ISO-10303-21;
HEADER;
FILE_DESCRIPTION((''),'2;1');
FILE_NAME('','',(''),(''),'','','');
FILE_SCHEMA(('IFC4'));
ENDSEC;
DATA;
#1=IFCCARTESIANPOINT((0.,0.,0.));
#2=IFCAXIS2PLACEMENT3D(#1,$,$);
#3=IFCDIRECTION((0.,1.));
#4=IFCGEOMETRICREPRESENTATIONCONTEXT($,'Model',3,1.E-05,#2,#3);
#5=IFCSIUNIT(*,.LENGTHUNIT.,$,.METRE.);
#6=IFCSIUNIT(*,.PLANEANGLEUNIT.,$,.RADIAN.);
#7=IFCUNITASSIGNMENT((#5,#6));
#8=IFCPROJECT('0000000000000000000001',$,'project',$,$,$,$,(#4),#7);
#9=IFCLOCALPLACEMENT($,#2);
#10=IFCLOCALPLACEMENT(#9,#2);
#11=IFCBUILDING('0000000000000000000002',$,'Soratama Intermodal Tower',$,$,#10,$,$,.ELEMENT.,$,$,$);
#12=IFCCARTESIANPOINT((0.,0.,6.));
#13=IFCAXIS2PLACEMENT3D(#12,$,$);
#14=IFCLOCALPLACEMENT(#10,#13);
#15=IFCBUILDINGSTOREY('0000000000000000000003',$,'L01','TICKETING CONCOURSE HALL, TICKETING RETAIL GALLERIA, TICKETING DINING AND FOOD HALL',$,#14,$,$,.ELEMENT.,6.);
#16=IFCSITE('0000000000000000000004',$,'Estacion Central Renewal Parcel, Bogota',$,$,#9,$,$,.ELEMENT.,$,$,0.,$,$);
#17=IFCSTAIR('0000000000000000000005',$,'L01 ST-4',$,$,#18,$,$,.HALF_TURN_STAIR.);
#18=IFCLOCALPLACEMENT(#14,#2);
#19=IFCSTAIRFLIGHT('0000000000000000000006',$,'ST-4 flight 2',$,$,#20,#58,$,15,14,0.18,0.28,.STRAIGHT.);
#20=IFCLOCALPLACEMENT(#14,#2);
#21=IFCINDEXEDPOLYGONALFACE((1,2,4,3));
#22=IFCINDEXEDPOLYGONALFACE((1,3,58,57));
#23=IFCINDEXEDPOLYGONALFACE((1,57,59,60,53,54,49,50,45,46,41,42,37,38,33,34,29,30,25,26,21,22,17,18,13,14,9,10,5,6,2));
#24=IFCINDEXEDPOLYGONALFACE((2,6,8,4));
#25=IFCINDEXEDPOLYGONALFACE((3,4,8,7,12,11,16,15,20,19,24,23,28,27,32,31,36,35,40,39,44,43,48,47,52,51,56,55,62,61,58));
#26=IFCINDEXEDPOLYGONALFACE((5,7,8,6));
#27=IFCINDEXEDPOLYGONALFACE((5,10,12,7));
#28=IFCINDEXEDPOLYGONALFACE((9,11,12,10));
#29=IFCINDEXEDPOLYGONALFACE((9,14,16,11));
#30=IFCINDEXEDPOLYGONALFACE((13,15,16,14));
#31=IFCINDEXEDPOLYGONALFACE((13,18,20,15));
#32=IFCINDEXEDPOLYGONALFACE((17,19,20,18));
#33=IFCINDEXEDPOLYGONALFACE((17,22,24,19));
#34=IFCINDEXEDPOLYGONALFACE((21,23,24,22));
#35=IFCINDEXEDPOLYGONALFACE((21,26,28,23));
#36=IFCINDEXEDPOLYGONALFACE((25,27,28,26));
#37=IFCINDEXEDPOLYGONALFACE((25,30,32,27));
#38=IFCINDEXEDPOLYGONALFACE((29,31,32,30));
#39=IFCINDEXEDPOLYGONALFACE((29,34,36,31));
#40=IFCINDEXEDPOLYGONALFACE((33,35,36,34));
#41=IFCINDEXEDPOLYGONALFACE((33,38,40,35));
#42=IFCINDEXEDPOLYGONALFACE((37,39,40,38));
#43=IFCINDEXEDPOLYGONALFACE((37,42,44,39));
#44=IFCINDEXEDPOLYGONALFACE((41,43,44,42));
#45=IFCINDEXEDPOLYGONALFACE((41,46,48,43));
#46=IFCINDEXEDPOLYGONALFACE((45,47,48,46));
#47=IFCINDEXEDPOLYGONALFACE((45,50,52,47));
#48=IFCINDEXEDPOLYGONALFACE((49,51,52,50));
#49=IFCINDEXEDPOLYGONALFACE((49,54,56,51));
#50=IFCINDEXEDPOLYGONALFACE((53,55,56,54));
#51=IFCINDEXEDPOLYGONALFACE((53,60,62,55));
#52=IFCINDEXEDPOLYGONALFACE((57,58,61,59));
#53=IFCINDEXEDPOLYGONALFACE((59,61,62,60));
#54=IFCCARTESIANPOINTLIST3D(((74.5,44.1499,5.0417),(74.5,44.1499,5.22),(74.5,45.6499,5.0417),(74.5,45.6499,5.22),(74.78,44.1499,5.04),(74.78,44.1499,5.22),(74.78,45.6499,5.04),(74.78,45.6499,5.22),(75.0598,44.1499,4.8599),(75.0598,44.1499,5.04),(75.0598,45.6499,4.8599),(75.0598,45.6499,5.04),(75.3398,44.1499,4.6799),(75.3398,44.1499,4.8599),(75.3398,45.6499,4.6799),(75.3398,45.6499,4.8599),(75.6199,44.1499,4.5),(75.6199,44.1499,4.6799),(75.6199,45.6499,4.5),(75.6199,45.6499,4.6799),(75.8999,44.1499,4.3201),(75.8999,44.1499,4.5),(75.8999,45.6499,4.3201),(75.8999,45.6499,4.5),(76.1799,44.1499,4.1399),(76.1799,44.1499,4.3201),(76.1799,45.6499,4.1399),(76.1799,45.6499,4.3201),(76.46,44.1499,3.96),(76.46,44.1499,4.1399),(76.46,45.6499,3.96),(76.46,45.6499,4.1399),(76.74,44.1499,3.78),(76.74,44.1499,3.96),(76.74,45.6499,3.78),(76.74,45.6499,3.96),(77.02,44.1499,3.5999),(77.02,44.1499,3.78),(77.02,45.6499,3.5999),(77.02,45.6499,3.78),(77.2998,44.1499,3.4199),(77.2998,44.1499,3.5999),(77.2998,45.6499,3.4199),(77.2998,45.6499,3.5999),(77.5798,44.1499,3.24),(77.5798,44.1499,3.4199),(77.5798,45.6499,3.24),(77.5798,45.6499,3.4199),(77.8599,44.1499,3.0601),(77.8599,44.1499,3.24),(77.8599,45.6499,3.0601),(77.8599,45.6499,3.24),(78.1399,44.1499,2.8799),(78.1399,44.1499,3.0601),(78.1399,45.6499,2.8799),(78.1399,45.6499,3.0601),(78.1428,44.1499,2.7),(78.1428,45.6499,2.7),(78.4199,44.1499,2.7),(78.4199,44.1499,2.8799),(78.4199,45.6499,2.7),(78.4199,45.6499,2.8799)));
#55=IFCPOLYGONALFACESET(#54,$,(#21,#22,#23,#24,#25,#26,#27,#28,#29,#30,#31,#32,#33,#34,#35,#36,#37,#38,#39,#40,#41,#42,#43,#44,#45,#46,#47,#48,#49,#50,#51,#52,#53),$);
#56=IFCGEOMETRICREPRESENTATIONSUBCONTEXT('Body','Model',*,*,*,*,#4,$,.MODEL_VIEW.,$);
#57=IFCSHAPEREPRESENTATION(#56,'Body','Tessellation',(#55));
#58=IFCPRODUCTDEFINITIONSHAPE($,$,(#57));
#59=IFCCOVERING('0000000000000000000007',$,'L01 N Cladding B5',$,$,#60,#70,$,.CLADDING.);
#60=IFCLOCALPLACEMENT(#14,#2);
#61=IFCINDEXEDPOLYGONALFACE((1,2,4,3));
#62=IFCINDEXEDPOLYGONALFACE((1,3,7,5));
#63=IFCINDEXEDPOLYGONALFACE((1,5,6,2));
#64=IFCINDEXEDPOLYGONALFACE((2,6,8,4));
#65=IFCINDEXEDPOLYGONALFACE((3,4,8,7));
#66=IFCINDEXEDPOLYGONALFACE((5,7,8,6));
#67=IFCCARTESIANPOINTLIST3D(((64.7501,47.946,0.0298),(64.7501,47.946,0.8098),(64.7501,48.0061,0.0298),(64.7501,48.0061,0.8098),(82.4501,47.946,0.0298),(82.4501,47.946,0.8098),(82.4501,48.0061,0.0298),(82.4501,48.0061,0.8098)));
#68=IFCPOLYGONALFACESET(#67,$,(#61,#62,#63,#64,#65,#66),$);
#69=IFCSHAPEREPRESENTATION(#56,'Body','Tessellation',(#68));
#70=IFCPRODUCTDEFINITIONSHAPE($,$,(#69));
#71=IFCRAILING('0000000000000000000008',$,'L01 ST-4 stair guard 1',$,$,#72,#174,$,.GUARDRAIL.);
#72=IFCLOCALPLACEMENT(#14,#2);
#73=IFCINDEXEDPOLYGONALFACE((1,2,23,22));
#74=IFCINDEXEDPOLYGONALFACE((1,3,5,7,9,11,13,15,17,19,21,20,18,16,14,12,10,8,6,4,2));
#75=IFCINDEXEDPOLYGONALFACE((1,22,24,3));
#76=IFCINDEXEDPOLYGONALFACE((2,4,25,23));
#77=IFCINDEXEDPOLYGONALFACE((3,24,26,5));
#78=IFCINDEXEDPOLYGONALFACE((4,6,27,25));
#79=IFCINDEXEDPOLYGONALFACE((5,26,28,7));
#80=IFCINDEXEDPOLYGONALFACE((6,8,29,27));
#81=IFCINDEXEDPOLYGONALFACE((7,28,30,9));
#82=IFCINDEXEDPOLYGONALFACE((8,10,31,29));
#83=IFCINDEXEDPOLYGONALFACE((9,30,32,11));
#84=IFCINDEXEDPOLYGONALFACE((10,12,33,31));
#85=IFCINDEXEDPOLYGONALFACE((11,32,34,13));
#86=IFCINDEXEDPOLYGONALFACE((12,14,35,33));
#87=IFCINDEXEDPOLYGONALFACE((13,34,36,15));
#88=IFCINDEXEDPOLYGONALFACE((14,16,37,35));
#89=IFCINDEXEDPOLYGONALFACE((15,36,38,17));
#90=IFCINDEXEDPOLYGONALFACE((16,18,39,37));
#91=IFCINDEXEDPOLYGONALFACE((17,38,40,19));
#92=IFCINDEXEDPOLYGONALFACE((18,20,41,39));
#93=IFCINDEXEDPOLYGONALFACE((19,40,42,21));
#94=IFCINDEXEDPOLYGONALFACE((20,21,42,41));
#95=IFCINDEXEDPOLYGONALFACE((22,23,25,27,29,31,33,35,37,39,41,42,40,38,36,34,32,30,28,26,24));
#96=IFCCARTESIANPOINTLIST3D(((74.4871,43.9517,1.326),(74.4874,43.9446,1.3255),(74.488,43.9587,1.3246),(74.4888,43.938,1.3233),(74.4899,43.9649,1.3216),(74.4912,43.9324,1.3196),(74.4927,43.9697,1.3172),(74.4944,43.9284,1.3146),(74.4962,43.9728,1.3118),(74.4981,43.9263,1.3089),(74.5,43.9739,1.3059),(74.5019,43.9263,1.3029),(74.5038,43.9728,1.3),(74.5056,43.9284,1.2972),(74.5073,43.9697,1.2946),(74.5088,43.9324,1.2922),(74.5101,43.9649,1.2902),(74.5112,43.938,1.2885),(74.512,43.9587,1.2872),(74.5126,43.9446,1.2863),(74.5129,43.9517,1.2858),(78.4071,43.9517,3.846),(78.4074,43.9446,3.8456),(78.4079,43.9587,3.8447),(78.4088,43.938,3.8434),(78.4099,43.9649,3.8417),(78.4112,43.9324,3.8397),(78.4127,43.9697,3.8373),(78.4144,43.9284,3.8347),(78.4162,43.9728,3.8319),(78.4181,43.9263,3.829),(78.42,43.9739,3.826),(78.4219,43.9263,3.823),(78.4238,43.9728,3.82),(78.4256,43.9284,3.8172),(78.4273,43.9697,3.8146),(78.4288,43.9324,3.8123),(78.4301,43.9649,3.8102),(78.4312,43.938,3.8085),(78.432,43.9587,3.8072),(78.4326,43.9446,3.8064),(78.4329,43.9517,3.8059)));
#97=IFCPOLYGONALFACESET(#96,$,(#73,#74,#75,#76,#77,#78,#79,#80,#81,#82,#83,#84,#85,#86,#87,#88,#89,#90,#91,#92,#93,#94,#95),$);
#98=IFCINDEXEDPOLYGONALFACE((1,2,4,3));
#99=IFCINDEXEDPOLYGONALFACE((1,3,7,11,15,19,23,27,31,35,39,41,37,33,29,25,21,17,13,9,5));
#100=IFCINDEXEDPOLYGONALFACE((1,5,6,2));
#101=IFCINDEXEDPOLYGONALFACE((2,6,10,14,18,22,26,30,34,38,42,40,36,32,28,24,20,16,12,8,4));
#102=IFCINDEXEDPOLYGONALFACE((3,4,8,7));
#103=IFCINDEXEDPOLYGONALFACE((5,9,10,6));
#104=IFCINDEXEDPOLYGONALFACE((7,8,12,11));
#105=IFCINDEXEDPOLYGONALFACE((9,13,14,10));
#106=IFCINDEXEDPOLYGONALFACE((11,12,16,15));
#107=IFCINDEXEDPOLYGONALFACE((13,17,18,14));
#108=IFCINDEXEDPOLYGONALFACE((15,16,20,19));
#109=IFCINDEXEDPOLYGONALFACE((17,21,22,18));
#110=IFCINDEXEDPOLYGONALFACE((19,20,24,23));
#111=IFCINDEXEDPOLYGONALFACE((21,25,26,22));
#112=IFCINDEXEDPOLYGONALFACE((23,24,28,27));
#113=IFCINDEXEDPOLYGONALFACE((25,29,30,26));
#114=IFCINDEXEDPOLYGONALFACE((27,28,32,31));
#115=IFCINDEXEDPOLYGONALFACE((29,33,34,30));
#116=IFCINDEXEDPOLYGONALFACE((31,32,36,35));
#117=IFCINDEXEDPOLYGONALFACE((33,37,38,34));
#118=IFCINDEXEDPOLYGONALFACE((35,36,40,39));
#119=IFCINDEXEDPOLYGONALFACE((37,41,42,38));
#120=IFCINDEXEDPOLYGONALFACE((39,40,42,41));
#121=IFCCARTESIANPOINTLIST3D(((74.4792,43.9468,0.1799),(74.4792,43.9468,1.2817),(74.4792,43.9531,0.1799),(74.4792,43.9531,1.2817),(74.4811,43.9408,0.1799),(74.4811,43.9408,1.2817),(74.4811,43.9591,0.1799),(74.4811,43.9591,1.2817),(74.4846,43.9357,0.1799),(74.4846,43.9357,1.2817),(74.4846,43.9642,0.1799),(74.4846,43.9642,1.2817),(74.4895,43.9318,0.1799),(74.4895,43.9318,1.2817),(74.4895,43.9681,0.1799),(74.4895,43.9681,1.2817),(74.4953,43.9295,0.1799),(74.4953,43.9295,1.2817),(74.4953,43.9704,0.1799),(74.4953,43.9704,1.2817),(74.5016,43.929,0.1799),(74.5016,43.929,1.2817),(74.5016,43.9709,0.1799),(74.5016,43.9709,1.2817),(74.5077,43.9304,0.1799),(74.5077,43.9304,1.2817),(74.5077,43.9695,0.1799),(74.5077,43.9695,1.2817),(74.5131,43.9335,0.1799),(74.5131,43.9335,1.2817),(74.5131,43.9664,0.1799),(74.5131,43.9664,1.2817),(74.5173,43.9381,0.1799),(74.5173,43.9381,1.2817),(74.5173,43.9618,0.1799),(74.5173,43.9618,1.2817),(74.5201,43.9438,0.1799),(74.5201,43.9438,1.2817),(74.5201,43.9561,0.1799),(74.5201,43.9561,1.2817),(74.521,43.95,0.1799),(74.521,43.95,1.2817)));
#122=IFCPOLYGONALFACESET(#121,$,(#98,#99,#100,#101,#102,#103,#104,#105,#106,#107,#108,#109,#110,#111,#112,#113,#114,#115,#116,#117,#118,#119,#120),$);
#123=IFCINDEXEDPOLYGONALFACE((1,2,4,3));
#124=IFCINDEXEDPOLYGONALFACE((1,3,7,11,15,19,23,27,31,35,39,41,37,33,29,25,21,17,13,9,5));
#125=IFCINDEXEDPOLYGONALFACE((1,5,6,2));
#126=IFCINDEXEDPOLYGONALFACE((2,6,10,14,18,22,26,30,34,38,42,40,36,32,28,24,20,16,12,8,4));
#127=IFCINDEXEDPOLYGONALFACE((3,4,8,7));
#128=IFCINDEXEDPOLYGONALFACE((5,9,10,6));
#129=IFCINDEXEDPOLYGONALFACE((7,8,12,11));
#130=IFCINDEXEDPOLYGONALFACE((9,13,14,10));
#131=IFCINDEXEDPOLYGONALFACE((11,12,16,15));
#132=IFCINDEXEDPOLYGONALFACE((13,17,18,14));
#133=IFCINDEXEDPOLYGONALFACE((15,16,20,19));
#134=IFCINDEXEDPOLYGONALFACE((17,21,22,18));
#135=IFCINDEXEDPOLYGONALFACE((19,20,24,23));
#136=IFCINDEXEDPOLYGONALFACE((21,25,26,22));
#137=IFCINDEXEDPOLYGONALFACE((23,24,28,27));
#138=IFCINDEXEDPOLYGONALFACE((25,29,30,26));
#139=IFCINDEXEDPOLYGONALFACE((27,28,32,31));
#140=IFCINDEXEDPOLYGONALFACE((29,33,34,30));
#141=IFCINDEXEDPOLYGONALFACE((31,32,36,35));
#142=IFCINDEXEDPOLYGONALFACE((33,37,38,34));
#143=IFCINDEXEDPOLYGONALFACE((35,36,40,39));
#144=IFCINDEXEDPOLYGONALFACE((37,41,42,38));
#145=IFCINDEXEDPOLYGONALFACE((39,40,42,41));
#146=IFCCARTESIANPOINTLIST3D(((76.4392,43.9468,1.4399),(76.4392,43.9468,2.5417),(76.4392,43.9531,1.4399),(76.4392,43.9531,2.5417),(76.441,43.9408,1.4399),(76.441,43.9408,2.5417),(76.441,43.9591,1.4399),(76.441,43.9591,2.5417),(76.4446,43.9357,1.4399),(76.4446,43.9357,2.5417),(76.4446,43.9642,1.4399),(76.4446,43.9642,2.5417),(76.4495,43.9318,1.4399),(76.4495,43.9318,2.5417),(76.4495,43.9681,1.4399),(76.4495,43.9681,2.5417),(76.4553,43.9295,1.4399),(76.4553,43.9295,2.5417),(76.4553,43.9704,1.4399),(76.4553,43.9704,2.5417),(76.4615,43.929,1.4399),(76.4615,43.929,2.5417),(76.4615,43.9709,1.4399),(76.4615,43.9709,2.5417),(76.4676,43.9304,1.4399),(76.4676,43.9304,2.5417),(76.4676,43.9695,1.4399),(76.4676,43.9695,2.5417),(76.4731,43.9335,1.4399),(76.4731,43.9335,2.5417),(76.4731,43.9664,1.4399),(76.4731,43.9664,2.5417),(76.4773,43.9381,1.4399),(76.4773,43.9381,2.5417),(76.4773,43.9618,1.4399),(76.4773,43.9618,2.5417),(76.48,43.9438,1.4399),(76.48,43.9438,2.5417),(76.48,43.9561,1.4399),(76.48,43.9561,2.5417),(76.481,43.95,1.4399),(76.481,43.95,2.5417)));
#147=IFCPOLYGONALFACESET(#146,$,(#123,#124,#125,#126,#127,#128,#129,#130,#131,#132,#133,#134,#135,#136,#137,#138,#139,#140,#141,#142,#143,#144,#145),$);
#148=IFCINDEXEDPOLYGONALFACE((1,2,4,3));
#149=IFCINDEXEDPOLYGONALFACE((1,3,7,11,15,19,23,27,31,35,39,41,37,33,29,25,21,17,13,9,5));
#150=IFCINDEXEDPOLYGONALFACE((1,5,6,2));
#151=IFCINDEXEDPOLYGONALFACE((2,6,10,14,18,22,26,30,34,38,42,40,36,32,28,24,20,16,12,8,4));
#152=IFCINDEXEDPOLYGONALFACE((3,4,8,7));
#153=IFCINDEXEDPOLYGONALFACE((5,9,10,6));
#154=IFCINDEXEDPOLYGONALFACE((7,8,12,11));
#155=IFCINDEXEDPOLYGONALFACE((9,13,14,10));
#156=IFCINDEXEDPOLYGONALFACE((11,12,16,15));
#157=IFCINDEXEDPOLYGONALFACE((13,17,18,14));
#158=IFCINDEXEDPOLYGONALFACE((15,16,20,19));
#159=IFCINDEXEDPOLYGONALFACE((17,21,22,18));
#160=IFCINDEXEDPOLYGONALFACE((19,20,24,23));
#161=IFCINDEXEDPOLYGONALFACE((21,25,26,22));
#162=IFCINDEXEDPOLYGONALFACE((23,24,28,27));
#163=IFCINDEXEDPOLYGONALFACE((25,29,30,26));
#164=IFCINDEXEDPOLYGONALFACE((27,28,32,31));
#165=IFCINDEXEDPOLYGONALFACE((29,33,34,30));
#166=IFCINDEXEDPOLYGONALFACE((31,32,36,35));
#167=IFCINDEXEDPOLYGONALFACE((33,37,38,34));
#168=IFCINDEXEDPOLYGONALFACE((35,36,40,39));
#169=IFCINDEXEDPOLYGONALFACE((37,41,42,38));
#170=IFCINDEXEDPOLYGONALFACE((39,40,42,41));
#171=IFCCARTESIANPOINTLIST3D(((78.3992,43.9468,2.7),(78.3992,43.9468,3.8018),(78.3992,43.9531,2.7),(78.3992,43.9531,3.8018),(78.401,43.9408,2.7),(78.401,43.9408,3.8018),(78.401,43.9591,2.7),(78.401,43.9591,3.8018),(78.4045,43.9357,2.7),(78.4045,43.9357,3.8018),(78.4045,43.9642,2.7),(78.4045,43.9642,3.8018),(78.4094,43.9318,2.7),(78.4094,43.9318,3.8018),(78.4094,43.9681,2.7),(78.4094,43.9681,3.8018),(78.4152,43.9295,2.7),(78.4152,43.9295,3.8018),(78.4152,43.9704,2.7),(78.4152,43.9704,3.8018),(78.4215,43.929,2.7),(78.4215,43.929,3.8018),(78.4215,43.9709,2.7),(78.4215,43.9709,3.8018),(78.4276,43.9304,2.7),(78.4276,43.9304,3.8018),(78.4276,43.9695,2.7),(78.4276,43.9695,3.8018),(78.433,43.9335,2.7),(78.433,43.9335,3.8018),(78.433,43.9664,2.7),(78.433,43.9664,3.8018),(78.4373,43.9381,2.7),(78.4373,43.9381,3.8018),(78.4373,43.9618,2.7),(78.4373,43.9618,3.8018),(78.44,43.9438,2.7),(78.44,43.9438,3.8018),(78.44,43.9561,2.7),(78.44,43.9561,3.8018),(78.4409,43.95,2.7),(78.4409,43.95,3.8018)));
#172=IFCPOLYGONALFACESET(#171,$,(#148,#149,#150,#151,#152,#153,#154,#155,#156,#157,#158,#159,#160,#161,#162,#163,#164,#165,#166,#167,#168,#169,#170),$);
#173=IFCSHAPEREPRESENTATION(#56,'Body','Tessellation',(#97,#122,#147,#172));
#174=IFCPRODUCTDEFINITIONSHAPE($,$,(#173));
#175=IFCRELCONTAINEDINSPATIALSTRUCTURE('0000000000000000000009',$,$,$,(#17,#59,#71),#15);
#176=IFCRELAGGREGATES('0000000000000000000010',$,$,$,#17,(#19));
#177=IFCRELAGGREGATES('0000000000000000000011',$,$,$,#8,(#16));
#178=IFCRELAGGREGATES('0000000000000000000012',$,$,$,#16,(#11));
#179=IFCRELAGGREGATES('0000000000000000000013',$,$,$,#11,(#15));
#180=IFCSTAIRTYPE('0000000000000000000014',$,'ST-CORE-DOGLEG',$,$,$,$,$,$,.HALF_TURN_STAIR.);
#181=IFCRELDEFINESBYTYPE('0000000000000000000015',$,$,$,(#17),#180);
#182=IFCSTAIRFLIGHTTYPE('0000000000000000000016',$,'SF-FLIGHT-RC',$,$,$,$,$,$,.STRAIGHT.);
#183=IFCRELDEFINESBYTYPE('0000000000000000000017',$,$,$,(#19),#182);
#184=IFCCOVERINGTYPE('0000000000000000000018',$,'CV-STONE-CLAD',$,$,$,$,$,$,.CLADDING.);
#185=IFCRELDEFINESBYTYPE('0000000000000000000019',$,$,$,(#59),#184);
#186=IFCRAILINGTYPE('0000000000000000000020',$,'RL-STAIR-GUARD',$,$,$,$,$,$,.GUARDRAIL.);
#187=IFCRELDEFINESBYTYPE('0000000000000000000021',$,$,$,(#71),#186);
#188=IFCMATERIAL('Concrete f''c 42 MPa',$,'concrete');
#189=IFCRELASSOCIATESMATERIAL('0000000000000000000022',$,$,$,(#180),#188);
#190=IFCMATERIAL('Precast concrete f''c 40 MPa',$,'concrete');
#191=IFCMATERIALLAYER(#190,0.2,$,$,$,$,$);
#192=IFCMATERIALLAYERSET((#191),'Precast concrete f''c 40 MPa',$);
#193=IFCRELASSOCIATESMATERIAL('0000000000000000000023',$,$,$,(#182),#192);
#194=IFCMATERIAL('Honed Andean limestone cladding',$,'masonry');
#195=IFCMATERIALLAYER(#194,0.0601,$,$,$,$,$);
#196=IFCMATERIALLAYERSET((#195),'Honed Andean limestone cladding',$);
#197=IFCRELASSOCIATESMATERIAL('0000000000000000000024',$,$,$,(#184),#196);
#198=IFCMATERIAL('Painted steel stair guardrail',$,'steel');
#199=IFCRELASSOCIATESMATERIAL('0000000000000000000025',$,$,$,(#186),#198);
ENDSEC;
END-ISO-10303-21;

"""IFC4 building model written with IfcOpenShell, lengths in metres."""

from ifc_helpers import new_model, si_unit, direction, frame, origin, origin_2d, place, context, subcontext, project, spatial, polyline, rectangle, circle, outline, extrude, material, layer, layer_set, type_object, element, aggregate, save


model = new_model("IFC4")

# Units and contexts
model_context = context("Model", 3, precision=1e-05, world=origin(), true_north=direction((0.0, 1.0)))
body_context = subcontext(model_context, "Body", "Model", "MODEL_VIEW")
ifc_project = project(units=[si_unit("LENGTHUNIT", "METRE"), si_unit("PLANEANGLEUNIT", "RADIAN")], contexts=[model_context])

# Site, building, storey
site_placement = place(None, origin())
site = spatial("IfcSite", under=ifc_project, at=site_placement, Name="Estacion Central Renewal Parcel, Bogota", CompositionType="ELEMENT", RefElevation=0.0)
building_placement = place(site_placement, origin())
building = spatial("IfcBuilding", under=site, at=building_placement, Name="Soratama Intermodal Tower", CompositionType="ELEMENT")
storey_placement = place(building_placement, frame((0.0, 0.0, 6.0)))
storey = spatial("IfcBuildingStorey", under=building, at=storey_placement, Name="L01", Description="TICKETING CONCOURSE HALL, TICKETING RETAIL GALLERIA, TICKETING DINING AND FOOD HALL", CompositionType="ELEMENT", Elevation=6.0)

# Stair, stair flight
ifc_material_1 = material(Name="Concrete f'c 42 MPa", Category="concrete")
stair_type = type_object("IfcStairType", Name="ST-CORE-DOGLEG", PredefinedType="HALF_TURN_STAIR", material=ifc_material_1)
stair_placement = place(storey_placement, origin())
stair = element("IfcStair", 1, at=stair_placement, inside=storey, type_object=stair_type, Name="L01 ST-4", PredefinedType="HALF_TURN_STAIR")
ifc_material_2 = material(Name="Precast concrete f'c 40 MPa", Category="concrete")
ifc_layer_1 = layer(ifc_material_2, 0.2)
ifc_layer_set_1 = layer_set([ifc_layer_1], Name="Precast concrete f'c 40 MPa")
stair_flight_type = type_object("IfcStairFlightType", Name="SF-FLIGHT-RC", PredefinedType="STRAIGHT", material=ifc_layer_set_1)
stair_flight_1_placement = place(storey_placement, frame((78.4199, 44.8999, 2.7), z_axis=(0.0, 0.0, 1.0), x_axis=(-1.0, 0.0, 0.0)))
stair_flight_1 = element("IfcStairFlight", 2, at=stair_flight_1_placement, type_object=stair_flight_type, Name="ST-4 flight 2", NumberOfRisers=15, NumberOfTreads=14, PredefinedType="STRAIGHT", RiserHeight=0.18, TreadLength=0.28, context=body_context, shape_type="SweptSolid", body=[
    extrude(outline(polyline([(0.0, 0.0), (0.0, 0.1799), (0.28, 0.1799), (0.28, 0.3601), (0.5601, 0.3601), (0.5601, 0.54), (0.8401, 0.54), (0.8401, 0.72), (1.1201, 0.72), (1.1201, 0.8999), (1.3999, 0.8999), (1.3999, 1.0801), (1.6799, 1.0801), (1.6799, 1.26), (1.96, 1.26), (1.96, 1.4399), (2.24, 1.4399), (2.24, 1.6201), (2.52, 1.6201), (2.52, 1.8), (2.8, 1.8), (2.8, 1.98), (3.0801, 1.98), (3.0801, 2.1599), (3.3601, 2.1599), (3.3601, 2.3401), (3.6399, 2.3401), (3.6399, 2.52), (3.9199, 2.52), (3.9199, 2.7), (3.9199, 2.3418), (0.2771, 0.0), (0.0, 0.0)])), frame((0.0, 0.75, 0.0), z_axis=(0.0, -1.0, 0.0), x_axis=(1.0, 0.0, 0.0)), (0.0, 0.0, 1.0), 1.5),
])
aggregate(stair, [stair_flight_1])

# Covering
ifc_material_3 = material(Name="Honed Andean limestone cladding", Category="masonry")
ifc_layer_2 = layer(ifc_material_3, 0.0601)
ifc_layer_set_2 = layer_set([ifc_layer_2], Name="Honed Andean limestone cladding")
covering_type = type_object("IfcCoveringType", Name="CV-STONE-CLAD", PredefinedType="CLADDING", material=ifc_layer_set_2)
covering_placement = place(storey_placement, frame((73.6001, 47.9761, 0.0298), z_axis=(0.0, 0.0, 1.0), x_axis=(1.0, 0.0, 0.0)))
element("IfcCovering", 3, at=covering_placement, inside=storey, type_object=covering_type, Name="L01 N Cladding B5", PredefinedType="CLADDING", context=body_context, shape_type="SweptSolid", body=[
    extrude(rectangle(XDim=17.7, YDim=0.0601, at=origin_2d()), origin(), (0.0, 0.0, 1.0), 0.78),
])

# Railing
ifc_material_4 = material(Name="Painted steel stair guardrail", Category="steel")
railing_type_1 = type_object("IfcRailingType", Name="RL-STAIR-GUARD", PredefinedType="GUARDRAIL", material=ifc_material_4)
railing_1_placement = place(storey_placement, frame((74.5, 43.95, 0.1799)))
element("IfcRailing", 4, at=railing_1_placement, inside=storey, type_object=railing_type_1, Name="L01 ST-4 stair guard 1", PredefinedType="GUARDRAIL", context=body_context, shape_type="SweptSolid", body=[
    extrude(circle(Radius=0.0239, at=origin_2d()), frame((0.0, 0.0, 1.126), z_axis=(0.841172, 0.0, 0.540768), x_axis=(0.0, 1.0, 0.0)), (0.0, 0.0, 1.0), 4.6602),
    extrude(circle(Radius=0.021, at=origin_2d()), origin(), (0.0, 0.0, 1.0), 1.1018),
    extrude(circle(Radius=0.021, at=origin_2d()), frame((1.96, 0.0, 1.26)), (0.0, 0.0, 1.0), 1.1018),
    extrude(circle(Radius=0.021, at=origin_2d()), frame((3.9199, 0.0, 2.52)), (0.0, 0.0, 1.0), 1.1018),
])

save(model, "model.ifc")
